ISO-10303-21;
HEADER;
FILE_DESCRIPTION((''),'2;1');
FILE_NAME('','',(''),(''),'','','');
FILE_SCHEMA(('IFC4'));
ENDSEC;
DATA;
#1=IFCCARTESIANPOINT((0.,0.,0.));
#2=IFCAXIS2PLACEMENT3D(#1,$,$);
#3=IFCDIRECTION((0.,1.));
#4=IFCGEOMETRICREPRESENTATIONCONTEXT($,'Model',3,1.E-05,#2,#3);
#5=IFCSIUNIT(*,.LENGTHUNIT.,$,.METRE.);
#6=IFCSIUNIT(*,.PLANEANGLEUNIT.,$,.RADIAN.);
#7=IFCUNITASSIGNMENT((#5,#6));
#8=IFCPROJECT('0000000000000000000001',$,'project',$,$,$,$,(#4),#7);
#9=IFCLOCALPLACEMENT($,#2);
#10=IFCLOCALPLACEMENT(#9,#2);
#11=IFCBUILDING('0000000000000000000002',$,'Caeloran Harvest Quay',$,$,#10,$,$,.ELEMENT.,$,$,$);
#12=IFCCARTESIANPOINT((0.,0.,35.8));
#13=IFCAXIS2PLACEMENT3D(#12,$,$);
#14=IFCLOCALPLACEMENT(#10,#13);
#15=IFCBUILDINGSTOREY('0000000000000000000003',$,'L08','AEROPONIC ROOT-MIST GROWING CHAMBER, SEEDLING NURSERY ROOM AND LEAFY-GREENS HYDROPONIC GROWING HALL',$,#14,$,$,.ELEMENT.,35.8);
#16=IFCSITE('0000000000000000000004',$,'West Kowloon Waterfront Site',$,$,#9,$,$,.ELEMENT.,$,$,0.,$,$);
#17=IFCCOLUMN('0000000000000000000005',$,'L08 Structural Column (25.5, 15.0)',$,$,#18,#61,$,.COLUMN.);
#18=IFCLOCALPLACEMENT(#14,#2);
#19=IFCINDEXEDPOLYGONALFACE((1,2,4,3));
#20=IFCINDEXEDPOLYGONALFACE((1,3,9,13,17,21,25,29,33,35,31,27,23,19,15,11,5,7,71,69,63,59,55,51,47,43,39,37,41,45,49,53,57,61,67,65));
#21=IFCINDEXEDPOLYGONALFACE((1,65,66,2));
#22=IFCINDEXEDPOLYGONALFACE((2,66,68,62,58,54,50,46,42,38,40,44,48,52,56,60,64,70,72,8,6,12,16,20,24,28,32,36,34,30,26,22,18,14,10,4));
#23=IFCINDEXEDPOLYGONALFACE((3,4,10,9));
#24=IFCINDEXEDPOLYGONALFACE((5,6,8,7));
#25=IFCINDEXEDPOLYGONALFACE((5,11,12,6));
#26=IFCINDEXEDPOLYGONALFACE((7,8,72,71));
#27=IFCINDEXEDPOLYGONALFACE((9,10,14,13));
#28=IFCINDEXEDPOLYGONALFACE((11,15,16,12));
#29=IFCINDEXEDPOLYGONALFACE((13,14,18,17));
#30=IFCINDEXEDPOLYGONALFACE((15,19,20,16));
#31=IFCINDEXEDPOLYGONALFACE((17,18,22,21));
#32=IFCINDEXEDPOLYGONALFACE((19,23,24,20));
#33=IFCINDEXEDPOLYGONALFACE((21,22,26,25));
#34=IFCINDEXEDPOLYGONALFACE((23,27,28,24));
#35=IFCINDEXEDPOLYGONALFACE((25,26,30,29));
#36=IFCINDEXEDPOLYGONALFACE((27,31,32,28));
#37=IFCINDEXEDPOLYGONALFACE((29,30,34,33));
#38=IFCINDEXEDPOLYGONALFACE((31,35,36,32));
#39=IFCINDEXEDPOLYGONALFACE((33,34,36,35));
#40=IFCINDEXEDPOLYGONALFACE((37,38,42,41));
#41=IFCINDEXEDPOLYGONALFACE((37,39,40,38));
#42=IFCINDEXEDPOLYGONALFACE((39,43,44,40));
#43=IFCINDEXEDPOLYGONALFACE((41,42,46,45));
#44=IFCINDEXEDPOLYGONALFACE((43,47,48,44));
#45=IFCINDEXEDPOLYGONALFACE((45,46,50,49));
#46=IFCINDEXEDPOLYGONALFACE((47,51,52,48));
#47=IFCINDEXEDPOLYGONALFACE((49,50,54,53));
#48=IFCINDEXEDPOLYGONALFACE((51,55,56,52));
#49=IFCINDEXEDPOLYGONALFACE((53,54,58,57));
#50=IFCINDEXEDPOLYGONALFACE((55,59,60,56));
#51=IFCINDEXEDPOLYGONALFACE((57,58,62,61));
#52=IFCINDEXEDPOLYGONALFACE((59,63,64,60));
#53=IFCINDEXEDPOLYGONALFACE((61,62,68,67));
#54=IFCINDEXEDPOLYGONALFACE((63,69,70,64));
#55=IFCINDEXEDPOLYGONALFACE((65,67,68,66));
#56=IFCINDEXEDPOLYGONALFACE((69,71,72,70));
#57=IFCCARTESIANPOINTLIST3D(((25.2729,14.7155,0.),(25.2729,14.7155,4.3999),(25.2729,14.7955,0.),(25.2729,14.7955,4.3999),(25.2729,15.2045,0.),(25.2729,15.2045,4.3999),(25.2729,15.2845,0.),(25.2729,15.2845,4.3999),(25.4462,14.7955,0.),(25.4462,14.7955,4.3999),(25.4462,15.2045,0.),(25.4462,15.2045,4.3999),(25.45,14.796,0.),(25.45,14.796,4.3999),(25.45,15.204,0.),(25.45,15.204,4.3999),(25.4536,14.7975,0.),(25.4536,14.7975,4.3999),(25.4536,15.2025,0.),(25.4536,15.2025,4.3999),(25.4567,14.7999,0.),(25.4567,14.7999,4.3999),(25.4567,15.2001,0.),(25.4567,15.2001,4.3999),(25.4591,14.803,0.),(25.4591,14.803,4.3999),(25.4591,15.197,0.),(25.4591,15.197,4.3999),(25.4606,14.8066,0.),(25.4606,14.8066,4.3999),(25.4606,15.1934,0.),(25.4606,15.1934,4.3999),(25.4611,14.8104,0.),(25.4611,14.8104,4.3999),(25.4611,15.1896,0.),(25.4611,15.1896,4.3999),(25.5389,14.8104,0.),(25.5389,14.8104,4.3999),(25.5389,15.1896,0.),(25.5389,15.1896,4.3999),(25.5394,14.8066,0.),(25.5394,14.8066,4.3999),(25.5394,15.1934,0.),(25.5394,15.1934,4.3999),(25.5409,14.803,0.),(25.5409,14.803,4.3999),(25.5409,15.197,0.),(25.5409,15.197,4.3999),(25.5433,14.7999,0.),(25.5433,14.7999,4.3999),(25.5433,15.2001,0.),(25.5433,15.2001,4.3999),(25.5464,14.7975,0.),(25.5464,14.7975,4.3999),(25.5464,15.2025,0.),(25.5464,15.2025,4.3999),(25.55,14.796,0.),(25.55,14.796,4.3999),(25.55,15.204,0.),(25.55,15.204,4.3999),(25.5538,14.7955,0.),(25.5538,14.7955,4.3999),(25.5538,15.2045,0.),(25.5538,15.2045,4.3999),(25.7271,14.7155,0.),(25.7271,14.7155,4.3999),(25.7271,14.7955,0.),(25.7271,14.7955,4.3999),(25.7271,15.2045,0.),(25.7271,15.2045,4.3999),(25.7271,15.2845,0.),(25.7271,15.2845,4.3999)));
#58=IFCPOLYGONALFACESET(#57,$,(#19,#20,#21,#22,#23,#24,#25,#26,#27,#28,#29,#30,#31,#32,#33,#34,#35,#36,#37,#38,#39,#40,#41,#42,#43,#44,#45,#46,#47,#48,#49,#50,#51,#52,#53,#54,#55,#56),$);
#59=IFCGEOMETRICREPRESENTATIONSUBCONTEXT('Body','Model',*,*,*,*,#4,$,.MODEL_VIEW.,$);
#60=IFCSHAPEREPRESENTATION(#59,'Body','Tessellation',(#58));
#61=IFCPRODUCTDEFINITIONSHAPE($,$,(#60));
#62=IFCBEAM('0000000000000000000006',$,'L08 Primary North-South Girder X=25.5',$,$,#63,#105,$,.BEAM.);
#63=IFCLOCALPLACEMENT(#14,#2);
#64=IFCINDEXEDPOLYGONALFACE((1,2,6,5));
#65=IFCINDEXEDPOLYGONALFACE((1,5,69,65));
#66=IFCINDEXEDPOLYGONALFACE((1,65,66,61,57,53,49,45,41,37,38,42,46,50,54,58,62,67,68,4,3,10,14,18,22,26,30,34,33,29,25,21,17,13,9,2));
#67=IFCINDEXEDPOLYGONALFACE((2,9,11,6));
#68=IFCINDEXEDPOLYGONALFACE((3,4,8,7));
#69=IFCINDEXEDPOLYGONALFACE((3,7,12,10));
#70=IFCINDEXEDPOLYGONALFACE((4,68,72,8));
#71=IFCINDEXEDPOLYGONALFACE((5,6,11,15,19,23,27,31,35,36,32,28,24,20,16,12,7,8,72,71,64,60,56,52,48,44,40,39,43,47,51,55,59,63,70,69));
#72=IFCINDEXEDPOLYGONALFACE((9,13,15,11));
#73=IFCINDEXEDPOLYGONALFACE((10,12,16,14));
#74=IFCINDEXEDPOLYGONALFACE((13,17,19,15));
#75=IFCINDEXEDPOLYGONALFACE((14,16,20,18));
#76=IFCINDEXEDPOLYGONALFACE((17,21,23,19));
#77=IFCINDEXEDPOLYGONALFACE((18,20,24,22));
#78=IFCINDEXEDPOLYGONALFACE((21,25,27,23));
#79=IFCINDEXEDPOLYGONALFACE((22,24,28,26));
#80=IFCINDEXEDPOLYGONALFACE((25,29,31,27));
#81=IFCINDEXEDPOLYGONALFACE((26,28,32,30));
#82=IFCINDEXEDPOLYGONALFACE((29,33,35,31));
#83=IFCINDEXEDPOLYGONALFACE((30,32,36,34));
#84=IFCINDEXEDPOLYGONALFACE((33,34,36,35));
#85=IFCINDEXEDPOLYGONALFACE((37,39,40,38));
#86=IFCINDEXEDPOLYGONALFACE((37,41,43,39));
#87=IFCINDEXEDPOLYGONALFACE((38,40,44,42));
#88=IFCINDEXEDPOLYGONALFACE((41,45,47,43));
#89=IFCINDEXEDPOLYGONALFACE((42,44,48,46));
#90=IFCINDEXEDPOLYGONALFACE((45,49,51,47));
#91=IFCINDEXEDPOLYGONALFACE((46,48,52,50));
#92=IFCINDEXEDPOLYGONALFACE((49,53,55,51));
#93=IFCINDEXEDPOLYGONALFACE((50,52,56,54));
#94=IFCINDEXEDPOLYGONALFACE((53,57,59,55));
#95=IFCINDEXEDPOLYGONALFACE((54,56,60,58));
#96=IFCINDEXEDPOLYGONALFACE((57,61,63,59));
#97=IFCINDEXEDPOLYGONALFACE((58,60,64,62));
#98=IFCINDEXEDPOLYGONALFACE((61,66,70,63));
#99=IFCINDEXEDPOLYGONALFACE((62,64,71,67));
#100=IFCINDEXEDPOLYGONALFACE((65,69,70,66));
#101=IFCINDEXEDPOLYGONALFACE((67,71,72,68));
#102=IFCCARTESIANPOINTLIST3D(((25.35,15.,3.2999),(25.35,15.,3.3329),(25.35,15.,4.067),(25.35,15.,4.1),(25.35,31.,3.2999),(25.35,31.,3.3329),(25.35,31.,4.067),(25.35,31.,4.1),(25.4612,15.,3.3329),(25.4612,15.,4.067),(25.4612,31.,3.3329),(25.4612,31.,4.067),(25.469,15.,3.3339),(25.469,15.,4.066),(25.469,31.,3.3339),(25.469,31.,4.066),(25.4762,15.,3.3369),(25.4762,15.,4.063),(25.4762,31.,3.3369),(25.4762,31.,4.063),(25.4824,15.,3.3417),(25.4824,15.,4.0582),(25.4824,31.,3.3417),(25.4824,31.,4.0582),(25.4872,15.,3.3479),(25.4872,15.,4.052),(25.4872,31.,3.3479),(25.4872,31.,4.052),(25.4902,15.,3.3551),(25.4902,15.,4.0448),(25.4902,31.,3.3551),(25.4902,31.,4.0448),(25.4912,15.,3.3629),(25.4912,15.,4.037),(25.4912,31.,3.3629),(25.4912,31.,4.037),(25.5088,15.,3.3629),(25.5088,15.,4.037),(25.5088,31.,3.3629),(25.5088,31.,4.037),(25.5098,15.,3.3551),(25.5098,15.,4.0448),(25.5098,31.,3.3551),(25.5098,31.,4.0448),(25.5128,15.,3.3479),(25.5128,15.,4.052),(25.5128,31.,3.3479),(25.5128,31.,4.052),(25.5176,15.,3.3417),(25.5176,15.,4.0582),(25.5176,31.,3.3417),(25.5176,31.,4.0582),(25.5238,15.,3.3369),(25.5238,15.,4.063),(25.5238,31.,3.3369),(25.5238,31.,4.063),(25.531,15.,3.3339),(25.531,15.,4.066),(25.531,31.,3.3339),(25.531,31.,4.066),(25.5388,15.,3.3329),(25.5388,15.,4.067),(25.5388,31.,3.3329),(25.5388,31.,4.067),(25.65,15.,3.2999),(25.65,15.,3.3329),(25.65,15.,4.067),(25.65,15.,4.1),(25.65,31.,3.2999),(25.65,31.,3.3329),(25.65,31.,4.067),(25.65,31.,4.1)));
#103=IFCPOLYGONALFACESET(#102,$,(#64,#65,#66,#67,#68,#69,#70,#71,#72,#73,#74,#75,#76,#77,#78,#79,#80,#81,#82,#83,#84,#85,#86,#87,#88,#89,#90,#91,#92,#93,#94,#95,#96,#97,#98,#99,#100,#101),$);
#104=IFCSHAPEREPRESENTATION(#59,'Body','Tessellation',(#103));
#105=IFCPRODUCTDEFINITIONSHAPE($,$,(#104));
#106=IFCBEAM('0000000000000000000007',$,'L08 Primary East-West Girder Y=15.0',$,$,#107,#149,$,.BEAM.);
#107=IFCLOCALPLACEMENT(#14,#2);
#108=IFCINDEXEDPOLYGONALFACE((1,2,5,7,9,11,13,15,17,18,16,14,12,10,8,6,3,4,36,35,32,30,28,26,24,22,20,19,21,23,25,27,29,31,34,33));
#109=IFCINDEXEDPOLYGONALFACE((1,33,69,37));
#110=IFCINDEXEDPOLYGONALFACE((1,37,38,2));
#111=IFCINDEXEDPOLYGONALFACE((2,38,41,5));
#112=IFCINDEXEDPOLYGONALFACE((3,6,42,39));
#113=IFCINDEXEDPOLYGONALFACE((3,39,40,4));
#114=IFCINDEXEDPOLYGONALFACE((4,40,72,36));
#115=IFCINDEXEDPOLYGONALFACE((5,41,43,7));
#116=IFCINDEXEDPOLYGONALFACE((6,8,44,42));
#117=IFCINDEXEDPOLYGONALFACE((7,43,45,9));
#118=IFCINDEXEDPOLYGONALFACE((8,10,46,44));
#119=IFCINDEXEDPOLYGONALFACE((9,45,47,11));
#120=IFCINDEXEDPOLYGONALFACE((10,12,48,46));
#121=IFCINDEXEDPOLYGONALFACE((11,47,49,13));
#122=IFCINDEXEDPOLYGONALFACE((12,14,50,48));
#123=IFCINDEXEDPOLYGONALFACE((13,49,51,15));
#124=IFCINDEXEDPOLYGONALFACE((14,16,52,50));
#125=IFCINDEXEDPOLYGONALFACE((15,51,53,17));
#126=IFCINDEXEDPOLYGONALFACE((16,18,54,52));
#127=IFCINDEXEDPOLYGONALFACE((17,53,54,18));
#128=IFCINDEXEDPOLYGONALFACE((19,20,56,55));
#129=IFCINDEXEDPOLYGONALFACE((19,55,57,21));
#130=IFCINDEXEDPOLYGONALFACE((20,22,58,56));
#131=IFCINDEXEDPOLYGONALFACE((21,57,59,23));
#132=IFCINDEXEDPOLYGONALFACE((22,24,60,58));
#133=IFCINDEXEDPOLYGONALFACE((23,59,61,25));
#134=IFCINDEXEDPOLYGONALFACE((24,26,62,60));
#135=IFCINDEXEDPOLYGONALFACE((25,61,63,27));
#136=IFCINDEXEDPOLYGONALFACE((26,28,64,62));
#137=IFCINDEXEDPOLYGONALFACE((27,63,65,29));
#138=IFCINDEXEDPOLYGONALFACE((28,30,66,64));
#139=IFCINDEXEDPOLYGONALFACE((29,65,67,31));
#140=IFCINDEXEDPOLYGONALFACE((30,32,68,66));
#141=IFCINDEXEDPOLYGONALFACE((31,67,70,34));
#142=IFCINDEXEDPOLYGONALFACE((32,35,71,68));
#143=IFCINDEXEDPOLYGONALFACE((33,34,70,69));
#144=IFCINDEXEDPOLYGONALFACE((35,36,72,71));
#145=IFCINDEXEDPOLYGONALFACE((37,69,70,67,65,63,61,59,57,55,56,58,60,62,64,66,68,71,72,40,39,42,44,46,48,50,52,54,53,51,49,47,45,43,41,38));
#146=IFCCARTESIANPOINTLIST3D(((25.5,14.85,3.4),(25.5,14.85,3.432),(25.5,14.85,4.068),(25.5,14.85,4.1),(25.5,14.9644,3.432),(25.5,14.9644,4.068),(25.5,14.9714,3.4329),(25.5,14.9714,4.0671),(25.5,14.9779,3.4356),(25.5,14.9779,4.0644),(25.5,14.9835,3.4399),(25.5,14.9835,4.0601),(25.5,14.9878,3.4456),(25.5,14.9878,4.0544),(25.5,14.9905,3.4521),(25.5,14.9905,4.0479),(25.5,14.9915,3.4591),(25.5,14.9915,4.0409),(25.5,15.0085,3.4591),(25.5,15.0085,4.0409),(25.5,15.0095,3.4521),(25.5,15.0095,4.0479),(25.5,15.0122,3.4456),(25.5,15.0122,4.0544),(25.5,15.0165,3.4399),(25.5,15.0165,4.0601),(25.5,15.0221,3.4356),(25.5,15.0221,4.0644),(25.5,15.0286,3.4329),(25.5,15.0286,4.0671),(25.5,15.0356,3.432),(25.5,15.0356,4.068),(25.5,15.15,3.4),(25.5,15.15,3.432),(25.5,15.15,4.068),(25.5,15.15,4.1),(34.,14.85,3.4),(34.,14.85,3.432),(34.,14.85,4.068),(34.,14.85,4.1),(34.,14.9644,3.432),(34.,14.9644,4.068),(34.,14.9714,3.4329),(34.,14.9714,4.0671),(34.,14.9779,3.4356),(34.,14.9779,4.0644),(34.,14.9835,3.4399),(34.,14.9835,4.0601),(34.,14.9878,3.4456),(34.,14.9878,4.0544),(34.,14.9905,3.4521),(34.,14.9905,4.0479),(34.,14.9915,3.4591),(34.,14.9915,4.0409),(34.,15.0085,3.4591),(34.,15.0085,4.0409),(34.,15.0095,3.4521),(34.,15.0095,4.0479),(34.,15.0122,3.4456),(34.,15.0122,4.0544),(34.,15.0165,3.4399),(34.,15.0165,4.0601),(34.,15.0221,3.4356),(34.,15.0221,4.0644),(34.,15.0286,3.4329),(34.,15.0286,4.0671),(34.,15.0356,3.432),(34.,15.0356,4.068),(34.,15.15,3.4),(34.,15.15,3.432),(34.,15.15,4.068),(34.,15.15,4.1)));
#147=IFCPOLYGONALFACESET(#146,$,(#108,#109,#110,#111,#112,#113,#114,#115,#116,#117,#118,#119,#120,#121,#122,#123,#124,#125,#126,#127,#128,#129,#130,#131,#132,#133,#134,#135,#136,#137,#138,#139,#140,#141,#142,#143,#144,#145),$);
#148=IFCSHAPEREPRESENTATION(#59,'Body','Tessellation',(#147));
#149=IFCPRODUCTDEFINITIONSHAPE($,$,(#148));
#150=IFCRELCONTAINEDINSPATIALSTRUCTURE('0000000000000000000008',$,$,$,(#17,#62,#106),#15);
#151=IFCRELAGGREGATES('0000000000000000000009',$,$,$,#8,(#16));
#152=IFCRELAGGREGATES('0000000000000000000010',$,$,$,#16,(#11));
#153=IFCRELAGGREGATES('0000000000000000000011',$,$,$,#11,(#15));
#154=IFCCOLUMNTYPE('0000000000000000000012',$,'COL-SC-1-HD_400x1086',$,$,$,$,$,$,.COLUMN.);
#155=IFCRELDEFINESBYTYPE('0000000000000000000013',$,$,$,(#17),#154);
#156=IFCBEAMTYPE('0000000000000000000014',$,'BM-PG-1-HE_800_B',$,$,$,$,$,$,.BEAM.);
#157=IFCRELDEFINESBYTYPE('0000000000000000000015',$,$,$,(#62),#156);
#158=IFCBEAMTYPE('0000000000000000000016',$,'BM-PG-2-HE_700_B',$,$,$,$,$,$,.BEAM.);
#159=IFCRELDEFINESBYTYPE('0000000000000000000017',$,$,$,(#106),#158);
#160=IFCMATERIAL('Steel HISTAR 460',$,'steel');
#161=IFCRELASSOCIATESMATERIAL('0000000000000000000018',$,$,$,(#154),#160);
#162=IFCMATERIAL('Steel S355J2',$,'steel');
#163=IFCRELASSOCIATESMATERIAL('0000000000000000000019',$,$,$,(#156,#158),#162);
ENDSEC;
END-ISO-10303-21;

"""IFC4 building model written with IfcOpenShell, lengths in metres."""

from ifc_helpers import new_model, si_unit, direction, frame, origin, origin_2d, place, context, subcontext, project, spatial, i_section, extrude, material, material_profile, profile_set, type_object, element, save


model = new_model("IFC4")

# Units and contexts
model_context = context("Model", 3, precision=1e-05, world=origin(), true_north=direction((0.0, 1.0)))
body_context = subcontext(model_context, "Body", "Model", "MODEL_VIEW")
ifc_project = project(units=[si_unit("LENGTHUNIT", "METRE"), si_unit("PLANEANGLEUNIT", "RADIAN")], contexts=[model_context])

# Site, building, storey
site_placement = place(None, origin())
site = spatial("IfcSite", under=ifc_project, at=site_placement, Name="West Kowloon Waterfront Site", CompositionType="ELEMENT", RefElevation=0.0)
building_placement = place(site_placement, origin())
building = spatial("IfcBuilding", under=site, at=building_placement, Name="Caeloran Harvest Quay", CompositionType="ELEMENT")
storey_placement = place(building_placement, frame((0.0, 0.0, 35.8)))
storey = spatial("IfcBuildingStorey", under=building, at=storey_placement, Name="L08", Description="AEROPONIC ROOT-MIST GROWING CHAMBER, SEEDLING NURSERY ROOM AND LEAFY-GREENS HYDROPONIC GROWING HALL", CompositionType="ELEMENT", Elevation=35.8)

# Column
ifc_material_1 = material(Name="Steel HISTAR 460", Category="steel")
ifc_material_profile_1 = material_profile(ifc_material_1, i_section(OverallWidth=0.4541, OverallDepth=0.5691, WebThickness=0.0779, FlangeThickness=0.0801, FilletRadius=0.0149, at=origin_2d()), Name="HD 400x1086")
ifc_profile_set_1 = profile_set([ifc_material_profile_1], Name="Steel HISTAR 460")
column_type = type_object("IfcColumnType", Name="COL-SC-1-HD_400x1086", PredefinedType="COLUMN", material=ifc_profile_set_1)
column_placement = place(storey_placement, frame((25.5, 15.0, 0.0), z_axis=(0.0, 0.0, 1.0), x_axis=(1.0, 0.0, 0.0)))
element("IfcColumn", 1, at=column_placement, inside=storey, type_object=column_type, Name="L08 Structural Column (25.5, 15.0)", PredefinedType="COLUMN", context=body_context, shape_type="SweptSolid", body=[
    extrude(i_section(OverallWidth=0.4541, OverallDepth=0.5691, WebThickness=0.0779, FlangeThickness=0.0801, FilletRadius=0.0149, at=origin_2d()), origin(), (0.0, 0.0, 1.0), 4.3999),
])

# Beams
ifc_material_2 = material(Name="Steel S355J2", Category="steel")
ifc_material_profile_2 = material_profile(ifc_material_2, i_section(OverallWidth=0.3, OverallDepth=0.8, WebThickness=0.0176, FlangeThickness=0.033, FilletRadius=0.03, at=origin_2d()), Name="HE 800 B")
ifc_profile_set_2 = profile_set([ifc_material_profile_2], Name="Steel S355J2")
beam_type_1 = type_object("IfcBeamType", Name="BM-PG-1-HE_800_B", PredefinedType="BEAM", material=ifc_profile_set_2)
beam_1_placement = place(storey_placement, frame((25.5, 15.0, 3.7), z_axis=(0.0, 1.0, 0.0), x_axis=(-1.0, 0.0, 0.0)))
element("IfcBeam", 2, at=beam_1_placement, inside=storey, type_object=beam_type_1, Name="L08 Primary North-South Girder X=25.5", PredefinedType="BEAM", context=body_context, shape_type="SweptSolid", body=[
    extrude(i_section(OverallWidth=0.3, OverallDepth=0.8, WebThickness=0.0176, FlangeThickness=0.033, FilletRadius=0.03, at=origin_2d()), origin(), (0.0, 0.0, 1.0), 16.0),
])
ifc_material_profile_3 = material_profile(ifc_material_2, i_section(OverallWidth=0.3, OverallDepth=0.7, WebThickness=0.0171, FlangeThickness=0.032, FilletRadius=0.0271, at=origin_2d()), Name="HE 700 B")
ifc_profile_set_3 = profile_set([ifc_material_profile_3], Name="Steel S355J2")
beam_type_2 = type_object("IfcBeamType", Name="BM-PG-2-HE_700_B", PredefinedType="BEAM", material=ifc_profile_set_3)
beam_2_placement = place(storey_placement, frame((25.5, 15.0, 3.75), z_axis=(1.0, 0.0, 0.0), x_axis=(0.0, 1.0, 0.0)))
element("IfcBeam", 3, at=beam_2_placement, inside=storey, type_object=beam_type_2, Name="L08 Primary East-West Girder Y=15.0", PredefinedType="BEAM", context=body_context, shape_type="SweptSolid", body=[
    extrude(i_section(OverallWidth=0.3, OverallDepth=0.7, WebThickness=0.0171, FlangeThickness=0.032, FilletRadius=0.0271, at=origin_2d()), origin(), (0.0, 0.0, 1.0), 8.5),
])

save(model, "model.ifc")
